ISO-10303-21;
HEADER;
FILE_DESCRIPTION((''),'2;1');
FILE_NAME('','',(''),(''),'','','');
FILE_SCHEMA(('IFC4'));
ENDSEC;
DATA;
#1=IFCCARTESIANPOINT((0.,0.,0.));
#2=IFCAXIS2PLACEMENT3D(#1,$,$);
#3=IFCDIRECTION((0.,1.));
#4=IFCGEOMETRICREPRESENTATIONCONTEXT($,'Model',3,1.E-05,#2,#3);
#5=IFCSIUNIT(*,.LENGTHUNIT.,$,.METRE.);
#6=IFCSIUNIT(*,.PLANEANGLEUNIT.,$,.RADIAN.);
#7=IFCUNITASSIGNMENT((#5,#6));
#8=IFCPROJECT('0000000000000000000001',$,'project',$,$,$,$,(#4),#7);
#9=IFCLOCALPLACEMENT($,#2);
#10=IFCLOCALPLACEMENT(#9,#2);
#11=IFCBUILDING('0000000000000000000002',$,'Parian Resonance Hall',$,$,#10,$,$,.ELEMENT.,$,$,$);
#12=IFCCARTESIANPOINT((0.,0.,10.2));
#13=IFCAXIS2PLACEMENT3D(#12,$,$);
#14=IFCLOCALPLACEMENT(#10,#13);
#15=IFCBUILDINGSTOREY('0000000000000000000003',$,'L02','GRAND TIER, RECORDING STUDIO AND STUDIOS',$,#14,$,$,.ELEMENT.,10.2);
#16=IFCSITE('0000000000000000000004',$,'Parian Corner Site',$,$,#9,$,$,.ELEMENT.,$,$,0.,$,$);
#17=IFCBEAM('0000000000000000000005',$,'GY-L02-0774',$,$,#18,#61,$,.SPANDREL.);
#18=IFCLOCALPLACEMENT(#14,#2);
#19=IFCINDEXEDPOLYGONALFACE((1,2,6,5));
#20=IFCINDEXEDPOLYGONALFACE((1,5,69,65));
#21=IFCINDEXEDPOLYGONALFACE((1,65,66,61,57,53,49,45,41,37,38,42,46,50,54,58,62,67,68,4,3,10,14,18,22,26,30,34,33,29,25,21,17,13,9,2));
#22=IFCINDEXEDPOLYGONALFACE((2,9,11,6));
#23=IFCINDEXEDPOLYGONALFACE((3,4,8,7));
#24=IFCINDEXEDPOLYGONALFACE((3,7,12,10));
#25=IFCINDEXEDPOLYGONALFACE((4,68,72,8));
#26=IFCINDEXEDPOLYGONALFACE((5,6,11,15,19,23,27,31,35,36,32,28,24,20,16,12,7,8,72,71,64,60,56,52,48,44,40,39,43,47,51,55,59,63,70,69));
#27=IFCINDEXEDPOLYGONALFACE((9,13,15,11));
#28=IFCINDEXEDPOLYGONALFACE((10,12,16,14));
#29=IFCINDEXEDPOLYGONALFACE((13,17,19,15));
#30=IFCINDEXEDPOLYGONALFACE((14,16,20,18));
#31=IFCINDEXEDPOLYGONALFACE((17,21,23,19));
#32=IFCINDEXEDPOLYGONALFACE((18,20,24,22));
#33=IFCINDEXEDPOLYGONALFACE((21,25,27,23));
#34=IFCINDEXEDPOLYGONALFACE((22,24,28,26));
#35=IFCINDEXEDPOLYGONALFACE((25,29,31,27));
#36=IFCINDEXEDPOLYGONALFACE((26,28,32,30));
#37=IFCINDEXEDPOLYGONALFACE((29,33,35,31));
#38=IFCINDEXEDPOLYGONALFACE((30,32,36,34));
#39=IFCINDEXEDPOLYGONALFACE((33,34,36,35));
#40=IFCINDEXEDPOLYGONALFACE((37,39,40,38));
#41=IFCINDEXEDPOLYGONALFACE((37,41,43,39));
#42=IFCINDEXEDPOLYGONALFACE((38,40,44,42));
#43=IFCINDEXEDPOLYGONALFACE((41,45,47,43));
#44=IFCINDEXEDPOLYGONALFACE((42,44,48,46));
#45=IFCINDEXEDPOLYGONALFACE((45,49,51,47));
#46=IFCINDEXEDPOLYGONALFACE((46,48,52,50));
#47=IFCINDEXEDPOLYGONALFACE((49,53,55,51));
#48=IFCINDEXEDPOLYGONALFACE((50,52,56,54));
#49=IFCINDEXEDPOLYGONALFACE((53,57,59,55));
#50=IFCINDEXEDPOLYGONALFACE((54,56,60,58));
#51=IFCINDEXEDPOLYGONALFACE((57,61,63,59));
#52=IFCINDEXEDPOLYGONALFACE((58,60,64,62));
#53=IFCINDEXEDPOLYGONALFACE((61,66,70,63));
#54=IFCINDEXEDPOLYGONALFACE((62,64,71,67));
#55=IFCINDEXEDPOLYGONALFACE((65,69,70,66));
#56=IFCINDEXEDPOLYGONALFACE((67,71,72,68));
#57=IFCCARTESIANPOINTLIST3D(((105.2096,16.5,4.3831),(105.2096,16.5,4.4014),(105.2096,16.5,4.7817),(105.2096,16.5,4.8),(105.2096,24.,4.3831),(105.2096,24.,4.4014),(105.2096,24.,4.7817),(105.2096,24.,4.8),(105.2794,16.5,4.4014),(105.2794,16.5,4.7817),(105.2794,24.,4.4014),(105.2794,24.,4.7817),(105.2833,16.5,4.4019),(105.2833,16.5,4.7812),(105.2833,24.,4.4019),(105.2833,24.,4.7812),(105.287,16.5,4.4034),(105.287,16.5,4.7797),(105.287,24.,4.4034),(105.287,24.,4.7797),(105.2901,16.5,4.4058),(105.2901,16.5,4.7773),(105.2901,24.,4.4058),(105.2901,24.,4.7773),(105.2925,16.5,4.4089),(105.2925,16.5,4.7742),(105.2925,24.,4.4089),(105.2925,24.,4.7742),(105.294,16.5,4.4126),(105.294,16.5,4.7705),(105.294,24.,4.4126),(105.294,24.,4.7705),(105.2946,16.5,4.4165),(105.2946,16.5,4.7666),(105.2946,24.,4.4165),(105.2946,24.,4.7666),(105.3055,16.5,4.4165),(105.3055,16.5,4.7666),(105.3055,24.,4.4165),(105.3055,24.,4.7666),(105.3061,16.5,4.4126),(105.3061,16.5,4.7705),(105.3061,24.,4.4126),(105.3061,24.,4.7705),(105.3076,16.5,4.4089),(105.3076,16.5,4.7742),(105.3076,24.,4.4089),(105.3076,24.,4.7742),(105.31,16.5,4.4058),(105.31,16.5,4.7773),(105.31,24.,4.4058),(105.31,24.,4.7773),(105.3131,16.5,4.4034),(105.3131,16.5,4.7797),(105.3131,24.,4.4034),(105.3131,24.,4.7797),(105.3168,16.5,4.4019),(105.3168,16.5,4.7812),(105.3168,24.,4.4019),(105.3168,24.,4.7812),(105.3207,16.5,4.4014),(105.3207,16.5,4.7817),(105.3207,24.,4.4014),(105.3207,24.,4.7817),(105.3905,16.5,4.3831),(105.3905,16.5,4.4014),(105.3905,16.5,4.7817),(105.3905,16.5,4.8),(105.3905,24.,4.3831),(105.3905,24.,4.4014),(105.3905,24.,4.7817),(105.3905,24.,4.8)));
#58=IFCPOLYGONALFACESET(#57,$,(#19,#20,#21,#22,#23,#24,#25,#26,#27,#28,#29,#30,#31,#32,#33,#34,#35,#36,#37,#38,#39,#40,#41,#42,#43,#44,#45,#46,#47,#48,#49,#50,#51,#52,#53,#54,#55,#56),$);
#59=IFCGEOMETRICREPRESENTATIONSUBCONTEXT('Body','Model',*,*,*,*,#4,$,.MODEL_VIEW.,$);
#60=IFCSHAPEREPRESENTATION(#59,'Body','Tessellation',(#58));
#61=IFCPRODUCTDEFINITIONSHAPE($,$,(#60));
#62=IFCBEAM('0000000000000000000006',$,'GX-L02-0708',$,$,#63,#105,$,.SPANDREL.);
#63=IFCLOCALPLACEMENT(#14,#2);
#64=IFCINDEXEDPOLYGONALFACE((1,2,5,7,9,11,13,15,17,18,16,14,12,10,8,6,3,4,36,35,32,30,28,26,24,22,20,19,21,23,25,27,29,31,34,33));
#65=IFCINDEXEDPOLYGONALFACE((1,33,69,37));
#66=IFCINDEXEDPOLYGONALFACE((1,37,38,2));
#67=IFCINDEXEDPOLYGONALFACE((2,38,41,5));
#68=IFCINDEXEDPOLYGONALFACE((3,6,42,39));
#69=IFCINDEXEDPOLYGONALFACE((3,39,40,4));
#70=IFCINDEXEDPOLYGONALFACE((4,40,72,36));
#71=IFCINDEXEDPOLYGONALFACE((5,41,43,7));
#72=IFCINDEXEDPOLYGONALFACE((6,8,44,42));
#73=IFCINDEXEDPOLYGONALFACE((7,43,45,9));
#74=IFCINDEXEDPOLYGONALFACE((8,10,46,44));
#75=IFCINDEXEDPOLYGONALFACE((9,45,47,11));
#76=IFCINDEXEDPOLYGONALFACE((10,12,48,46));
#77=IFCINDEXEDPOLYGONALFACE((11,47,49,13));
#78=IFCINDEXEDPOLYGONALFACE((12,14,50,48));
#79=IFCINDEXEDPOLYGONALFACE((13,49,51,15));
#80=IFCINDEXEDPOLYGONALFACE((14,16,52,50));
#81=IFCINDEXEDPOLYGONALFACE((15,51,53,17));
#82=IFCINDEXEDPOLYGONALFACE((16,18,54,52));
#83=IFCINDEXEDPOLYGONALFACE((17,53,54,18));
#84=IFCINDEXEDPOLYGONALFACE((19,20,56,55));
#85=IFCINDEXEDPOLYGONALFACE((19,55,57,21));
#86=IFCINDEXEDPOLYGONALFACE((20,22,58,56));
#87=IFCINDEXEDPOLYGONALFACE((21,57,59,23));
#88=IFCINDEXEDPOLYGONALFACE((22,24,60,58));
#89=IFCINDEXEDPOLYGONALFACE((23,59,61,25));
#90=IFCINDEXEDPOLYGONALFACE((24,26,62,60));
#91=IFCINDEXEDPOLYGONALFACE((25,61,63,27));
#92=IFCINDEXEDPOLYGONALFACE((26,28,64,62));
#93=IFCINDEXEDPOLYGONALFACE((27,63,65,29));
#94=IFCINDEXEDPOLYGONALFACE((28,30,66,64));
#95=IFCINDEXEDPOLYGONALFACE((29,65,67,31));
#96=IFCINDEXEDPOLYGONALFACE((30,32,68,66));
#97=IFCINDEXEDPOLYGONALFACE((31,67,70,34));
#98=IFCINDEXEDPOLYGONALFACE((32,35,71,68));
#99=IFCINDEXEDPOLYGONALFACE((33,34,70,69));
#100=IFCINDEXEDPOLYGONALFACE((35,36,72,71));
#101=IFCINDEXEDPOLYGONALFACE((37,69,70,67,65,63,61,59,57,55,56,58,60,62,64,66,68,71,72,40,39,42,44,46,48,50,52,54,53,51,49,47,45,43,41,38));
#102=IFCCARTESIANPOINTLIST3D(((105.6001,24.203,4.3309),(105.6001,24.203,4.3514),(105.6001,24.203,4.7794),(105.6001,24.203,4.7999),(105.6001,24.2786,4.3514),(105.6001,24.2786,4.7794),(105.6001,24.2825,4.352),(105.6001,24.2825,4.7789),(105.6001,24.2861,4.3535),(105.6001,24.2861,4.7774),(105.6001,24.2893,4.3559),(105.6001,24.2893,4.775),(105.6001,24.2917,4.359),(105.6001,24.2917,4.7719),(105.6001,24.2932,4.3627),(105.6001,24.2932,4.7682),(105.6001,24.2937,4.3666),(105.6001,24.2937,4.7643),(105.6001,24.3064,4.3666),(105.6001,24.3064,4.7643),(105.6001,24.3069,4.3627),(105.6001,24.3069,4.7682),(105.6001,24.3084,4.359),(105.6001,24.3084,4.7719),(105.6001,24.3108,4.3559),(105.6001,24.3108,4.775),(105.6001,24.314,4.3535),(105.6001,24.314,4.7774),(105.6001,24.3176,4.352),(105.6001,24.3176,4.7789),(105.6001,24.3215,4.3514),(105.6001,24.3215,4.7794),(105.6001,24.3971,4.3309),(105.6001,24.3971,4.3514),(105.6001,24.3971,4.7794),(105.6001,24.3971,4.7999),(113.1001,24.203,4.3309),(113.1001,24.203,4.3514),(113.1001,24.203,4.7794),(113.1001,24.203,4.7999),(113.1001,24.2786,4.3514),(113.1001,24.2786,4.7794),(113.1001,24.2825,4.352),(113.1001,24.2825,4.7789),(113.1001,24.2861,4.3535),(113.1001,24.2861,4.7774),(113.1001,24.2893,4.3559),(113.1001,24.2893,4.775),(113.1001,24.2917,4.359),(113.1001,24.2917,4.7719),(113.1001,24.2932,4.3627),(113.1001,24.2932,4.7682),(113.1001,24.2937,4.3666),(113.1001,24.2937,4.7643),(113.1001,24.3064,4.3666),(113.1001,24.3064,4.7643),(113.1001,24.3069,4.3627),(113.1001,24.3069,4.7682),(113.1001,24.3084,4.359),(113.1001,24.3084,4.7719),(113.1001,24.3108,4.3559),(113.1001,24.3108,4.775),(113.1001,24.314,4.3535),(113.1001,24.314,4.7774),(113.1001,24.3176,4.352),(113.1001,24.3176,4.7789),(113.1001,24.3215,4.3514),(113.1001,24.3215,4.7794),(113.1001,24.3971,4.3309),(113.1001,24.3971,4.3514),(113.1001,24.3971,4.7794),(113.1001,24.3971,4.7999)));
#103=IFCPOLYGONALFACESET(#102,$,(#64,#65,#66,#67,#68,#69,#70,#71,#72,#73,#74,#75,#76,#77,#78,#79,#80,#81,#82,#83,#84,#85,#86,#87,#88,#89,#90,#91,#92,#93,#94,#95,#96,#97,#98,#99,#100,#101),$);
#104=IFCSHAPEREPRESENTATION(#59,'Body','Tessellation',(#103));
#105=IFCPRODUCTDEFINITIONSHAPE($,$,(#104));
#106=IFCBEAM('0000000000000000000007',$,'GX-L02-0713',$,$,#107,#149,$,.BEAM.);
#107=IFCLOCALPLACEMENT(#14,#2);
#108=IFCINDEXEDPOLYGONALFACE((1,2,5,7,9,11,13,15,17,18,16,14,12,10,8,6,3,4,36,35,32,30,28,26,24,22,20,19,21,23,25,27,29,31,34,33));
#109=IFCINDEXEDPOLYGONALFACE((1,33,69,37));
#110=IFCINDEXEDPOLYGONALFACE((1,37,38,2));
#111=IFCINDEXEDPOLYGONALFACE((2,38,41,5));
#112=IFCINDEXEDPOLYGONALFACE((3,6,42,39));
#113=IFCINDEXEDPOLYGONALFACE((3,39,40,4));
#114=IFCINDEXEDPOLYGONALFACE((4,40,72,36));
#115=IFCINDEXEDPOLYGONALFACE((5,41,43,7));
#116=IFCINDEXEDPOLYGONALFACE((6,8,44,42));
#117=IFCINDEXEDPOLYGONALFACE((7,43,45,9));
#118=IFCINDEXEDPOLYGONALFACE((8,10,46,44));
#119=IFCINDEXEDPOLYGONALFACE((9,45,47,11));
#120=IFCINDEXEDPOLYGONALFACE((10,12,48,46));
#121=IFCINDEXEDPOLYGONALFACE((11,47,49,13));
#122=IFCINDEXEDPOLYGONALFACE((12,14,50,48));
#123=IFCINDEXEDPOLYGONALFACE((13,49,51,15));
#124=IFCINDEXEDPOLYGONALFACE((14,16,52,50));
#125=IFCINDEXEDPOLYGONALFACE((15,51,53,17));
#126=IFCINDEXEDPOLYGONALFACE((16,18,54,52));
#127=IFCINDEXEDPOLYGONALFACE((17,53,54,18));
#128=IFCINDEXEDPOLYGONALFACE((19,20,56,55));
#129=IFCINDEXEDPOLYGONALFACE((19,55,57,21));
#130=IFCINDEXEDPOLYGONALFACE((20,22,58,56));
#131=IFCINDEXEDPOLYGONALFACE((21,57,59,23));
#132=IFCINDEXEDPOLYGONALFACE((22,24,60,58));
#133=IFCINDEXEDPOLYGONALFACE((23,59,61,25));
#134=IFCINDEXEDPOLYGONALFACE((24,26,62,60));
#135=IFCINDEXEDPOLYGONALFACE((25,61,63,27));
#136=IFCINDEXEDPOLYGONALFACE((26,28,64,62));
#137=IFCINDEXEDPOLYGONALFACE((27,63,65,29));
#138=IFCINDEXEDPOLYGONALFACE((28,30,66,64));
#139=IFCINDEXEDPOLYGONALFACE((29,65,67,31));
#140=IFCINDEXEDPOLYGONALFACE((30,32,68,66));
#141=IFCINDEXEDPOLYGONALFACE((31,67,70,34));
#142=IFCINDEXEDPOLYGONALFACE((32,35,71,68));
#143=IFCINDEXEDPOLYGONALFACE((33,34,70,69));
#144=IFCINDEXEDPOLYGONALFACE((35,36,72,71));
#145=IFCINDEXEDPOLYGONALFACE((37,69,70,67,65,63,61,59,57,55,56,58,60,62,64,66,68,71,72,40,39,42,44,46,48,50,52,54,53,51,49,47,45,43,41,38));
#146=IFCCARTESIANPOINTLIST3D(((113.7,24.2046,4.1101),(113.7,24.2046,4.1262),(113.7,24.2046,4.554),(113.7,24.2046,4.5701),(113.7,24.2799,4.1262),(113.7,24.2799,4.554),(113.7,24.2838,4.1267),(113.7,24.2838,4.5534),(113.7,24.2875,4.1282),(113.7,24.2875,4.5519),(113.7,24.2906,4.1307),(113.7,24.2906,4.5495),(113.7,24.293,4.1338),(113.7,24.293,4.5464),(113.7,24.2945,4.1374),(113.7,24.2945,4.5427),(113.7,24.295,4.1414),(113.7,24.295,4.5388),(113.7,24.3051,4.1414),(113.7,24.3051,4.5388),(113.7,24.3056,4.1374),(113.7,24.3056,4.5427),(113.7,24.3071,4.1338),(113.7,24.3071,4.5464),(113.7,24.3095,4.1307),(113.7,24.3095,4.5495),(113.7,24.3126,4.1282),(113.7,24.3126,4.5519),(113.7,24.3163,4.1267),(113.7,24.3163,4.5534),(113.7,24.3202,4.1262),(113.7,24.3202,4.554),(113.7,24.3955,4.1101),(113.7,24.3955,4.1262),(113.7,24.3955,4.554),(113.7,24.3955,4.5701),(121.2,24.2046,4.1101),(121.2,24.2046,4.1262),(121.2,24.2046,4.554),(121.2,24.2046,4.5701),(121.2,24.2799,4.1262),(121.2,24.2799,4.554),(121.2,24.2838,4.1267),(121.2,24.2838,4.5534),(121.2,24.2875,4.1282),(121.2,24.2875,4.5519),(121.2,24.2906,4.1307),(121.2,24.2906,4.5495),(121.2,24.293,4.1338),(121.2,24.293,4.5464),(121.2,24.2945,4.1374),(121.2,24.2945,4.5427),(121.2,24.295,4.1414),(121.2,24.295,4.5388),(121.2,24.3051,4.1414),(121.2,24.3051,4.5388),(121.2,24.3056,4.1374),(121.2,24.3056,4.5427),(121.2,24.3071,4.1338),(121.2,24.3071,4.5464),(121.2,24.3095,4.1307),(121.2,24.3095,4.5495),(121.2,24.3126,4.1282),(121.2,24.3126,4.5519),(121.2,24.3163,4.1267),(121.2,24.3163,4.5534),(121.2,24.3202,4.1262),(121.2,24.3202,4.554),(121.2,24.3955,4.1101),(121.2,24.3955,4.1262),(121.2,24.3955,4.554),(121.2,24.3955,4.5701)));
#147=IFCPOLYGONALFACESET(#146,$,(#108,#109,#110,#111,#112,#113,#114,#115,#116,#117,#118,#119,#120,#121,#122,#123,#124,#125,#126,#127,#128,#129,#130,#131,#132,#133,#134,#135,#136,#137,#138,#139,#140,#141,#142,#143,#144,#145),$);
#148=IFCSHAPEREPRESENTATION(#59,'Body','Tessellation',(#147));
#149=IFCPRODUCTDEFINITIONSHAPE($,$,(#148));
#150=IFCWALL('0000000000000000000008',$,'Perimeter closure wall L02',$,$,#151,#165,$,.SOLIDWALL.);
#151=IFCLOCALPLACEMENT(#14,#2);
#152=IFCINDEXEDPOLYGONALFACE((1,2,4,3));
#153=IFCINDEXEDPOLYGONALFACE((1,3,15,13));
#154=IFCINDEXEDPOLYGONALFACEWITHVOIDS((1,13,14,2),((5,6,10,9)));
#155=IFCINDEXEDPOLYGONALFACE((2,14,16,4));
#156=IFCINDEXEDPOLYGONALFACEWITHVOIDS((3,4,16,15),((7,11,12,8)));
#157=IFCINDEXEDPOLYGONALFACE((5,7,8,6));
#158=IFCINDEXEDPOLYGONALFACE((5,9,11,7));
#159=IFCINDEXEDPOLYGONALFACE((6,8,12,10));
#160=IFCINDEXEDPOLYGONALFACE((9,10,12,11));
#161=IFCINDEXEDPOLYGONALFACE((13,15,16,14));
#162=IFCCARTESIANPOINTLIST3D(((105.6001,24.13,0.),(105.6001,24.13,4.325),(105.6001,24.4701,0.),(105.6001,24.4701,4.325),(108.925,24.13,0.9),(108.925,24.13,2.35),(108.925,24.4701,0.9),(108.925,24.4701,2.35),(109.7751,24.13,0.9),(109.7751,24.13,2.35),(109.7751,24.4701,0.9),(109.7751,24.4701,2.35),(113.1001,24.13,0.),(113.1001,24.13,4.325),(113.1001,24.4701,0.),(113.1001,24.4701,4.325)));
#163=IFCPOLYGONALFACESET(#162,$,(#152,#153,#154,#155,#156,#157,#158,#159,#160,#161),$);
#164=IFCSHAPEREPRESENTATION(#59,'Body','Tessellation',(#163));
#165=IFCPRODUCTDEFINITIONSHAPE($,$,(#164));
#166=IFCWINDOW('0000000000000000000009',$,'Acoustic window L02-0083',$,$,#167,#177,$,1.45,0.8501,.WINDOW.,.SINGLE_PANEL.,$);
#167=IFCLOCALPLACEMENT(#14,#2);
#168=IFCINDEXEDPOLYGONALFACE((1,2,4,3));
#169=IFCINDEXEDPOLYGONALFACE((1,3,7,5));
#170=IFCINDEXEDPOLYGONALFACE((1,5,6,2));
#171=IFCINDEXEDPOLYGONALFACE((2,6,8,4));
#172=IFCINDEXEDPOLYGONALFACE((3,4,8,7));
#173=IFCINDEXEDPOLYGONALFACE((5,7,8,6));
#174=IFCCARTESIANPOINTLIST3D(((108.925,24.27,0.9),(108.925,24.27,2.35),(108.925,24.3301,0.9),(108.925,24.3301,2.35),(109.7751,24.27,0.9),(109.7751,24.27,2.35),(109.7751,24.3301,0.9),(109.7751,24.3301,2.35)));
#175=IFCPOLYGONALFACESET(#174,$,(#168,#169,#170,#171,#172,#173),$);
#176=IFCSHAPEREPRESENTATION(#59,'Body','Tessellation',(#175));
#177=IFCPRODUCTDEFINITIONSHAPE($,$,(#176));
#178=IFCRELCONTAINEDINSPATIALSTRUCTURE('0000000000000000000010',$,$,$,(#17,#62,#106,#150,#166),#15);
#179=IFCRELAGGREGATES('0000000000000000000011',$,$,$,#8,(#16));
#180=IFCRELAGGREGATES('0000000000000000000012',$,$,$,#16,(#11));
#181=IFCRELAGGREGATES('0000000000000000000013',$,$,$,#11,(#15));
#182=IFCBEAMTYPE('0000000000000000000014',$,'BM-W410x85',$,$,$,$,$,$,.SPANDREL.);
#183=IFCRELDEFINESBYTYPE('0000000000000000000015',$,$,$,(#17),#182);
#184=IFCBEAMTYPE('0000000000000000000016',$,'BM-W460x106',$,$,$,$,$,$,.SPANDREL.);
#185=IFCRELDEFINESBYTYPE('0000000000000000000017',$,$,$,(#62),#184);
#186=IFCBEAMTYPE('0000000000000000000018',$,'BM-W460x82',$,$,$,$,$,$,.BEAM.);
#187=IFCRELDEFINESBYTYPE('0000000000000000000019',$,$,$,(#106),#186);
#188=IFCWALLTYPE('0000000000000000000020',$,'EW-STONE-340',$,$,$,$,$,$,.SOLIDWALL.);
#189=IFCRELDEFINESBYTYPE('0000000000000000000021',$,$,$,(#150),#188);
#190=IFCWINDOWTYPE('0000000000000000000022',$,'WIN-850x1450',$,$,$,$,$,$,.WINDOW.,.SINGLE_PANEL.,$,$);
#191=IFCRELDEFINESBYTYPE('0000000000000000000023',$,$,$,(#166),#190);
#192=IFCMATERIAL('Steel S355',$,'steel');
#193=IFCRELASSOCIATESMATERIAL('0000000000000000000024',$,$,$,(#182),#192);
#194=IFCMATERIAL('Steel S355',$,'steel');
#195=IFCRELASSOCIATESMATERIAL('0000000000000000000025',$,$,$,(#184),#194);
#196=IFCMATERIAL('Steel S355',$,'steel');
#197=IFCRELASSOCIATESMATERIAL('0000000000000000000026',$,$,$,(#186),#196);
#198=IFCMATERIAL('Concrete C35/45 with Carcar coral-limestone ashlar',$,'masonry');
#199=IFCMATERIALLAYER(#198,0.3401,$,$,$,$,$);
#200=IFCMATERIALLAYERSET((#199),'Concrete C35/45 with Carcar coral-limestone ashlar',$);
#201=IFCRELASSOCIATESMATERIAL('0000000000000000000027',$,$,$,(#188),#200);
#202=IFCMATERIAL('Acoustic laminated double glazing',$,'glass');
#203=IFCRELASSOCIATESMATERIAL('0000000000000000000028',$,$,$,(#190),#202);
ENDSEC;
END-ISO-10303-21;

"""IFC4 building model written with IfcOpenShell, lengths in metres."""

from ifc_helpers import new_model, si_unit, direction, frame, frame_2d, origin, origin_2d, place, context, subcontext, project, spatial, rectangle, i_section, extrude, material, layer, layer_set, material_profile, profile_set, type_object, element, fill, save


model = new_model("IFC4")

# Units and contexts
model_context = context("Model", 3, precision=1e-05, world=origin(), true_north=direction((0.0, 1.0)))
body_context = subcontext(model_context, "Body", "Model", "MODEL_VIEW")
ifc_project = project(units=[si_unit("LENGTHUNIT", "METRE"), si_unit("PLANEANGLEUNIT", "RADIAN")], contexts=[model_context])

# Site, building, storey
site_placement = place(None, origin())
site = spatial("IfcSite", under=ifc_project, at=site_placement, Name="Parian Corner Site", CompositionType="ELEMENT", RefElevation=0.0)
building_placement = place(site_placement, origin())
building = spatial("IfcBuilding", under=site, at=building_placement, Name="Parian Resonance Hall", CompositionType="ELEMENT")
storey_placement = place(building_placement, frame((0.0, 0.0, 10.2)))
storey = spatial("IfcBuildingStorey", under=building, at=storey_placement, Name="L02", Description="GRAND TIER, RECORDING STUDIO AND STUDIOS", CompositionType="ELEMENT", Elevation=10.2)

# Beams
ifc_material_1 = material(Name="Steel S355", Category="steel")
ifc_material_profile_1 = material_profile(ifc_material_1, i_section(OverallWidth=0.1809, OverallDepth=0.417, WebThickness=0.011, FlangeThickness=0.0183, FilletRadius=0.0151, at=origin_2d()), Name="W410x85")
ifc_profile_set_1 = profile_set([ifc_material_profile_1], Name="Steel S355")
beam_type_1 = type_object("IfcBeamType", Name="BM-W410x85", PredefinedType="SPANDREL", material=ifc_profile_set_1)
beam_1_placement = place(storey_placement, frame((105.3, 16.5, 4.5916), z_axis=(0.0, 1.0, 0.0), x_axis=(-1.0, 0.0, 0.0)))
element("IfcBeam", 1, at=beam_1_placement, inside=storey, type_object=beam_type_1, Name="GY-L02-0774", PredefinedType="SPANDREL", context=body_context, shape_type="SweptSolid", body=[
    extrude(i_section(OverallWidth=0.1809, OverallDepth=0.417, WebThickness=0.011, FlangeThickness=0.0183, FilletRadius=0.0151, at=origin_2d()), origin(), (0.0, 0.0, 1.0), 7.5),
])
ifc_material_2 = material(Name="Steel S355", Category="steel")
ifc_material_profile_2 = material_profile(ifc_material_2, i_section(OverallWidth=0.1941, OverallDepth=0.469, WebThickness=0.0127, FlangeThickness=0.0205, FilletRadius=0.0151, at=origin_2d()), Name="W460x106")
ifc_profile_set_2 = profile_set([ifc_material_profile_2], Name="Steel S355")
beam_type_2 = type_object("IfcBeamType", Name="BM-W460x106", PredefinedType="SPANDREL", material=ifc_profile_set_2)
beam_2_placement = place(storey_placement, frame((105.6001, 24.3, 4.5654), z_axis=(1.0, 0.0, 0.0), x_axis=(0.0, 1.0, 0.0)))
element("IfcBeam", 2, at=beam_2_placement, inside=storey, type_object=beam_type_2, Name="GX-L02-0708", PredefinedType="SPANDREL", context=body_context, shape_type="SweptSolid", body=[
    extrude(i_section(OverallWidth=0.1941, OverallDepth=0.469, WebThickness=0.0127, FlangeThickness=0.0205, FilletRadius=0.0151, at=origin_2d()), origin(), (0.0, 0.0, 1.0), 7.5),
])
ifc_material_3 = material(Name="Steel S355", Category="steel")
ifc_material_profile_3 = material_profile(ifc_material_3, i_section(OverallWidth=0.1909, OverallDepth=0.46, WebThickness=0.01, FlangeThickness=0.0161, FilletRadius=0.0151, at=origin_2d()), Name="W460x82")
ifc_profile_set_3 = profile_set([ifc_material_profile_3], Name="Steel S355")
beam_type_3 = type_object("IfcBeamType", Name="BM-W460x82", PredefinedType="BEAM", material=ifc_profile_set_3)
beam_3_placement = place(storey_placement, frame((113.7, 24.3, 4.3401), z_axis=(1.0, 0.0, 0.0), x_axis=(0.0, 1.0, 0.0)))
element("IfcBeam", 3, at=beam_3_placement, inside=storey, type_object=beam_type_3, Name="GX-L02-0713", PredefinedType="BEAM", context=body_context, shape_type="SweptSolid", body=[
    extrude(i_section(OverallWidth=0.1909, OverallDepth=0.46, WebThickness=0.01, FlangeThickness=0.0161, FilletRadius=0.0151, at=origin_2d()), origin(), (0.0, 0.0, 1.0), 7.5),
])

# Wall, opening, window
ifc_material_4 = material(Name="Concrete C35/45 with Carcar coral-limestone ashlar", Category="masonry")
ifc_layer_1 = layer(ifc_material_4, 0.3401)
ifc_layer_set_1 = layer_set([ifc_layer_1], Name="Concrete C35/45 with Carcar coral-limestone ashlar")
wall_type_1 = type_object("IfcWallType", Name="EW-STONE-340", PredefinedType="SOLIDWALL", material=ifc_layer_set_1)
wall_1_placement = place(storey_placement, frame((113.1001, 24.3, 0.0), z_axis=(0.0, 0.0, 1.0), x_axis=(-1.0, 0.0, 0.0)))
wall_1 = element("IfcWall", 4, at=wall_1_placement, inside=storey, type_object=wall_type_1, Name="Perimeter closure wall L02", PredefinedType="SOLIDWALL", context=body_context, shape_type="SweptSolid", body=[
    extrude(rectangle(XDim=7.5, YDim=0.3401, at=frame_2d((3.75, 0.0))), origin(), (0.0, 0.0, 1.0), 4.325),
])
opening_1_placement = place(wall_1_placement, frame((3.325, 0.0, 0.8999)))
opening_1 = element("IfcOpeningElement", 5, at=opening_1_placement, cuts=wall_1, PredefinedType="OPENING", context=body_context, shape_type="SweptSolid", body=[
    extrude(rectangle(XDim=0.8501, YDim=1.45, at=frame_2d((0.425, 0.7251))), frame((0.0, 0.1799, 0.0), z_axis=(0.0, -1.0, 0.0), x_axis=(1.0, 0.0, 0.0)), (0.0, 0.0, 1.0), 0.3601),
])
ifc_material_5 = material(Name="Acoustic laminated double glazing", Category="glass")
window_type_1 = type_object("IfcWindowType", Name="WIN-850x1450", PartitioningType="SINGLE_PANEL", PredefinedType="WINDOW", material=ifc_material_5)
window_1_placement = place(opening_1_placement, origin())
window_1 = element("IfcWindow", 6, at=window_1_placement, inside=storey, type_object=window_type_1, Name="Acoustic window L02-0083", OverallHeight=1.45, OverallWidth=0.8501, PartitioningType="SINGLE_PANEL", PredefinedType="WINDOW", context=body_context, shape_type="SweptSolid", body=[
    extrude(rectangle(XDim=0.8501, YDim=1.45, at=frame_2d((0.425, 0.7251))), frame((0.0, 0.03, 0.0), z_axis=(0.0, -1.0, 0.0), x_axis=(1.0, 0.0, 0.0)), (0.0, 0.0, 1.0), 0.0601),
])
fill(opening_1, window_1)

save(model, "model.ifc")
